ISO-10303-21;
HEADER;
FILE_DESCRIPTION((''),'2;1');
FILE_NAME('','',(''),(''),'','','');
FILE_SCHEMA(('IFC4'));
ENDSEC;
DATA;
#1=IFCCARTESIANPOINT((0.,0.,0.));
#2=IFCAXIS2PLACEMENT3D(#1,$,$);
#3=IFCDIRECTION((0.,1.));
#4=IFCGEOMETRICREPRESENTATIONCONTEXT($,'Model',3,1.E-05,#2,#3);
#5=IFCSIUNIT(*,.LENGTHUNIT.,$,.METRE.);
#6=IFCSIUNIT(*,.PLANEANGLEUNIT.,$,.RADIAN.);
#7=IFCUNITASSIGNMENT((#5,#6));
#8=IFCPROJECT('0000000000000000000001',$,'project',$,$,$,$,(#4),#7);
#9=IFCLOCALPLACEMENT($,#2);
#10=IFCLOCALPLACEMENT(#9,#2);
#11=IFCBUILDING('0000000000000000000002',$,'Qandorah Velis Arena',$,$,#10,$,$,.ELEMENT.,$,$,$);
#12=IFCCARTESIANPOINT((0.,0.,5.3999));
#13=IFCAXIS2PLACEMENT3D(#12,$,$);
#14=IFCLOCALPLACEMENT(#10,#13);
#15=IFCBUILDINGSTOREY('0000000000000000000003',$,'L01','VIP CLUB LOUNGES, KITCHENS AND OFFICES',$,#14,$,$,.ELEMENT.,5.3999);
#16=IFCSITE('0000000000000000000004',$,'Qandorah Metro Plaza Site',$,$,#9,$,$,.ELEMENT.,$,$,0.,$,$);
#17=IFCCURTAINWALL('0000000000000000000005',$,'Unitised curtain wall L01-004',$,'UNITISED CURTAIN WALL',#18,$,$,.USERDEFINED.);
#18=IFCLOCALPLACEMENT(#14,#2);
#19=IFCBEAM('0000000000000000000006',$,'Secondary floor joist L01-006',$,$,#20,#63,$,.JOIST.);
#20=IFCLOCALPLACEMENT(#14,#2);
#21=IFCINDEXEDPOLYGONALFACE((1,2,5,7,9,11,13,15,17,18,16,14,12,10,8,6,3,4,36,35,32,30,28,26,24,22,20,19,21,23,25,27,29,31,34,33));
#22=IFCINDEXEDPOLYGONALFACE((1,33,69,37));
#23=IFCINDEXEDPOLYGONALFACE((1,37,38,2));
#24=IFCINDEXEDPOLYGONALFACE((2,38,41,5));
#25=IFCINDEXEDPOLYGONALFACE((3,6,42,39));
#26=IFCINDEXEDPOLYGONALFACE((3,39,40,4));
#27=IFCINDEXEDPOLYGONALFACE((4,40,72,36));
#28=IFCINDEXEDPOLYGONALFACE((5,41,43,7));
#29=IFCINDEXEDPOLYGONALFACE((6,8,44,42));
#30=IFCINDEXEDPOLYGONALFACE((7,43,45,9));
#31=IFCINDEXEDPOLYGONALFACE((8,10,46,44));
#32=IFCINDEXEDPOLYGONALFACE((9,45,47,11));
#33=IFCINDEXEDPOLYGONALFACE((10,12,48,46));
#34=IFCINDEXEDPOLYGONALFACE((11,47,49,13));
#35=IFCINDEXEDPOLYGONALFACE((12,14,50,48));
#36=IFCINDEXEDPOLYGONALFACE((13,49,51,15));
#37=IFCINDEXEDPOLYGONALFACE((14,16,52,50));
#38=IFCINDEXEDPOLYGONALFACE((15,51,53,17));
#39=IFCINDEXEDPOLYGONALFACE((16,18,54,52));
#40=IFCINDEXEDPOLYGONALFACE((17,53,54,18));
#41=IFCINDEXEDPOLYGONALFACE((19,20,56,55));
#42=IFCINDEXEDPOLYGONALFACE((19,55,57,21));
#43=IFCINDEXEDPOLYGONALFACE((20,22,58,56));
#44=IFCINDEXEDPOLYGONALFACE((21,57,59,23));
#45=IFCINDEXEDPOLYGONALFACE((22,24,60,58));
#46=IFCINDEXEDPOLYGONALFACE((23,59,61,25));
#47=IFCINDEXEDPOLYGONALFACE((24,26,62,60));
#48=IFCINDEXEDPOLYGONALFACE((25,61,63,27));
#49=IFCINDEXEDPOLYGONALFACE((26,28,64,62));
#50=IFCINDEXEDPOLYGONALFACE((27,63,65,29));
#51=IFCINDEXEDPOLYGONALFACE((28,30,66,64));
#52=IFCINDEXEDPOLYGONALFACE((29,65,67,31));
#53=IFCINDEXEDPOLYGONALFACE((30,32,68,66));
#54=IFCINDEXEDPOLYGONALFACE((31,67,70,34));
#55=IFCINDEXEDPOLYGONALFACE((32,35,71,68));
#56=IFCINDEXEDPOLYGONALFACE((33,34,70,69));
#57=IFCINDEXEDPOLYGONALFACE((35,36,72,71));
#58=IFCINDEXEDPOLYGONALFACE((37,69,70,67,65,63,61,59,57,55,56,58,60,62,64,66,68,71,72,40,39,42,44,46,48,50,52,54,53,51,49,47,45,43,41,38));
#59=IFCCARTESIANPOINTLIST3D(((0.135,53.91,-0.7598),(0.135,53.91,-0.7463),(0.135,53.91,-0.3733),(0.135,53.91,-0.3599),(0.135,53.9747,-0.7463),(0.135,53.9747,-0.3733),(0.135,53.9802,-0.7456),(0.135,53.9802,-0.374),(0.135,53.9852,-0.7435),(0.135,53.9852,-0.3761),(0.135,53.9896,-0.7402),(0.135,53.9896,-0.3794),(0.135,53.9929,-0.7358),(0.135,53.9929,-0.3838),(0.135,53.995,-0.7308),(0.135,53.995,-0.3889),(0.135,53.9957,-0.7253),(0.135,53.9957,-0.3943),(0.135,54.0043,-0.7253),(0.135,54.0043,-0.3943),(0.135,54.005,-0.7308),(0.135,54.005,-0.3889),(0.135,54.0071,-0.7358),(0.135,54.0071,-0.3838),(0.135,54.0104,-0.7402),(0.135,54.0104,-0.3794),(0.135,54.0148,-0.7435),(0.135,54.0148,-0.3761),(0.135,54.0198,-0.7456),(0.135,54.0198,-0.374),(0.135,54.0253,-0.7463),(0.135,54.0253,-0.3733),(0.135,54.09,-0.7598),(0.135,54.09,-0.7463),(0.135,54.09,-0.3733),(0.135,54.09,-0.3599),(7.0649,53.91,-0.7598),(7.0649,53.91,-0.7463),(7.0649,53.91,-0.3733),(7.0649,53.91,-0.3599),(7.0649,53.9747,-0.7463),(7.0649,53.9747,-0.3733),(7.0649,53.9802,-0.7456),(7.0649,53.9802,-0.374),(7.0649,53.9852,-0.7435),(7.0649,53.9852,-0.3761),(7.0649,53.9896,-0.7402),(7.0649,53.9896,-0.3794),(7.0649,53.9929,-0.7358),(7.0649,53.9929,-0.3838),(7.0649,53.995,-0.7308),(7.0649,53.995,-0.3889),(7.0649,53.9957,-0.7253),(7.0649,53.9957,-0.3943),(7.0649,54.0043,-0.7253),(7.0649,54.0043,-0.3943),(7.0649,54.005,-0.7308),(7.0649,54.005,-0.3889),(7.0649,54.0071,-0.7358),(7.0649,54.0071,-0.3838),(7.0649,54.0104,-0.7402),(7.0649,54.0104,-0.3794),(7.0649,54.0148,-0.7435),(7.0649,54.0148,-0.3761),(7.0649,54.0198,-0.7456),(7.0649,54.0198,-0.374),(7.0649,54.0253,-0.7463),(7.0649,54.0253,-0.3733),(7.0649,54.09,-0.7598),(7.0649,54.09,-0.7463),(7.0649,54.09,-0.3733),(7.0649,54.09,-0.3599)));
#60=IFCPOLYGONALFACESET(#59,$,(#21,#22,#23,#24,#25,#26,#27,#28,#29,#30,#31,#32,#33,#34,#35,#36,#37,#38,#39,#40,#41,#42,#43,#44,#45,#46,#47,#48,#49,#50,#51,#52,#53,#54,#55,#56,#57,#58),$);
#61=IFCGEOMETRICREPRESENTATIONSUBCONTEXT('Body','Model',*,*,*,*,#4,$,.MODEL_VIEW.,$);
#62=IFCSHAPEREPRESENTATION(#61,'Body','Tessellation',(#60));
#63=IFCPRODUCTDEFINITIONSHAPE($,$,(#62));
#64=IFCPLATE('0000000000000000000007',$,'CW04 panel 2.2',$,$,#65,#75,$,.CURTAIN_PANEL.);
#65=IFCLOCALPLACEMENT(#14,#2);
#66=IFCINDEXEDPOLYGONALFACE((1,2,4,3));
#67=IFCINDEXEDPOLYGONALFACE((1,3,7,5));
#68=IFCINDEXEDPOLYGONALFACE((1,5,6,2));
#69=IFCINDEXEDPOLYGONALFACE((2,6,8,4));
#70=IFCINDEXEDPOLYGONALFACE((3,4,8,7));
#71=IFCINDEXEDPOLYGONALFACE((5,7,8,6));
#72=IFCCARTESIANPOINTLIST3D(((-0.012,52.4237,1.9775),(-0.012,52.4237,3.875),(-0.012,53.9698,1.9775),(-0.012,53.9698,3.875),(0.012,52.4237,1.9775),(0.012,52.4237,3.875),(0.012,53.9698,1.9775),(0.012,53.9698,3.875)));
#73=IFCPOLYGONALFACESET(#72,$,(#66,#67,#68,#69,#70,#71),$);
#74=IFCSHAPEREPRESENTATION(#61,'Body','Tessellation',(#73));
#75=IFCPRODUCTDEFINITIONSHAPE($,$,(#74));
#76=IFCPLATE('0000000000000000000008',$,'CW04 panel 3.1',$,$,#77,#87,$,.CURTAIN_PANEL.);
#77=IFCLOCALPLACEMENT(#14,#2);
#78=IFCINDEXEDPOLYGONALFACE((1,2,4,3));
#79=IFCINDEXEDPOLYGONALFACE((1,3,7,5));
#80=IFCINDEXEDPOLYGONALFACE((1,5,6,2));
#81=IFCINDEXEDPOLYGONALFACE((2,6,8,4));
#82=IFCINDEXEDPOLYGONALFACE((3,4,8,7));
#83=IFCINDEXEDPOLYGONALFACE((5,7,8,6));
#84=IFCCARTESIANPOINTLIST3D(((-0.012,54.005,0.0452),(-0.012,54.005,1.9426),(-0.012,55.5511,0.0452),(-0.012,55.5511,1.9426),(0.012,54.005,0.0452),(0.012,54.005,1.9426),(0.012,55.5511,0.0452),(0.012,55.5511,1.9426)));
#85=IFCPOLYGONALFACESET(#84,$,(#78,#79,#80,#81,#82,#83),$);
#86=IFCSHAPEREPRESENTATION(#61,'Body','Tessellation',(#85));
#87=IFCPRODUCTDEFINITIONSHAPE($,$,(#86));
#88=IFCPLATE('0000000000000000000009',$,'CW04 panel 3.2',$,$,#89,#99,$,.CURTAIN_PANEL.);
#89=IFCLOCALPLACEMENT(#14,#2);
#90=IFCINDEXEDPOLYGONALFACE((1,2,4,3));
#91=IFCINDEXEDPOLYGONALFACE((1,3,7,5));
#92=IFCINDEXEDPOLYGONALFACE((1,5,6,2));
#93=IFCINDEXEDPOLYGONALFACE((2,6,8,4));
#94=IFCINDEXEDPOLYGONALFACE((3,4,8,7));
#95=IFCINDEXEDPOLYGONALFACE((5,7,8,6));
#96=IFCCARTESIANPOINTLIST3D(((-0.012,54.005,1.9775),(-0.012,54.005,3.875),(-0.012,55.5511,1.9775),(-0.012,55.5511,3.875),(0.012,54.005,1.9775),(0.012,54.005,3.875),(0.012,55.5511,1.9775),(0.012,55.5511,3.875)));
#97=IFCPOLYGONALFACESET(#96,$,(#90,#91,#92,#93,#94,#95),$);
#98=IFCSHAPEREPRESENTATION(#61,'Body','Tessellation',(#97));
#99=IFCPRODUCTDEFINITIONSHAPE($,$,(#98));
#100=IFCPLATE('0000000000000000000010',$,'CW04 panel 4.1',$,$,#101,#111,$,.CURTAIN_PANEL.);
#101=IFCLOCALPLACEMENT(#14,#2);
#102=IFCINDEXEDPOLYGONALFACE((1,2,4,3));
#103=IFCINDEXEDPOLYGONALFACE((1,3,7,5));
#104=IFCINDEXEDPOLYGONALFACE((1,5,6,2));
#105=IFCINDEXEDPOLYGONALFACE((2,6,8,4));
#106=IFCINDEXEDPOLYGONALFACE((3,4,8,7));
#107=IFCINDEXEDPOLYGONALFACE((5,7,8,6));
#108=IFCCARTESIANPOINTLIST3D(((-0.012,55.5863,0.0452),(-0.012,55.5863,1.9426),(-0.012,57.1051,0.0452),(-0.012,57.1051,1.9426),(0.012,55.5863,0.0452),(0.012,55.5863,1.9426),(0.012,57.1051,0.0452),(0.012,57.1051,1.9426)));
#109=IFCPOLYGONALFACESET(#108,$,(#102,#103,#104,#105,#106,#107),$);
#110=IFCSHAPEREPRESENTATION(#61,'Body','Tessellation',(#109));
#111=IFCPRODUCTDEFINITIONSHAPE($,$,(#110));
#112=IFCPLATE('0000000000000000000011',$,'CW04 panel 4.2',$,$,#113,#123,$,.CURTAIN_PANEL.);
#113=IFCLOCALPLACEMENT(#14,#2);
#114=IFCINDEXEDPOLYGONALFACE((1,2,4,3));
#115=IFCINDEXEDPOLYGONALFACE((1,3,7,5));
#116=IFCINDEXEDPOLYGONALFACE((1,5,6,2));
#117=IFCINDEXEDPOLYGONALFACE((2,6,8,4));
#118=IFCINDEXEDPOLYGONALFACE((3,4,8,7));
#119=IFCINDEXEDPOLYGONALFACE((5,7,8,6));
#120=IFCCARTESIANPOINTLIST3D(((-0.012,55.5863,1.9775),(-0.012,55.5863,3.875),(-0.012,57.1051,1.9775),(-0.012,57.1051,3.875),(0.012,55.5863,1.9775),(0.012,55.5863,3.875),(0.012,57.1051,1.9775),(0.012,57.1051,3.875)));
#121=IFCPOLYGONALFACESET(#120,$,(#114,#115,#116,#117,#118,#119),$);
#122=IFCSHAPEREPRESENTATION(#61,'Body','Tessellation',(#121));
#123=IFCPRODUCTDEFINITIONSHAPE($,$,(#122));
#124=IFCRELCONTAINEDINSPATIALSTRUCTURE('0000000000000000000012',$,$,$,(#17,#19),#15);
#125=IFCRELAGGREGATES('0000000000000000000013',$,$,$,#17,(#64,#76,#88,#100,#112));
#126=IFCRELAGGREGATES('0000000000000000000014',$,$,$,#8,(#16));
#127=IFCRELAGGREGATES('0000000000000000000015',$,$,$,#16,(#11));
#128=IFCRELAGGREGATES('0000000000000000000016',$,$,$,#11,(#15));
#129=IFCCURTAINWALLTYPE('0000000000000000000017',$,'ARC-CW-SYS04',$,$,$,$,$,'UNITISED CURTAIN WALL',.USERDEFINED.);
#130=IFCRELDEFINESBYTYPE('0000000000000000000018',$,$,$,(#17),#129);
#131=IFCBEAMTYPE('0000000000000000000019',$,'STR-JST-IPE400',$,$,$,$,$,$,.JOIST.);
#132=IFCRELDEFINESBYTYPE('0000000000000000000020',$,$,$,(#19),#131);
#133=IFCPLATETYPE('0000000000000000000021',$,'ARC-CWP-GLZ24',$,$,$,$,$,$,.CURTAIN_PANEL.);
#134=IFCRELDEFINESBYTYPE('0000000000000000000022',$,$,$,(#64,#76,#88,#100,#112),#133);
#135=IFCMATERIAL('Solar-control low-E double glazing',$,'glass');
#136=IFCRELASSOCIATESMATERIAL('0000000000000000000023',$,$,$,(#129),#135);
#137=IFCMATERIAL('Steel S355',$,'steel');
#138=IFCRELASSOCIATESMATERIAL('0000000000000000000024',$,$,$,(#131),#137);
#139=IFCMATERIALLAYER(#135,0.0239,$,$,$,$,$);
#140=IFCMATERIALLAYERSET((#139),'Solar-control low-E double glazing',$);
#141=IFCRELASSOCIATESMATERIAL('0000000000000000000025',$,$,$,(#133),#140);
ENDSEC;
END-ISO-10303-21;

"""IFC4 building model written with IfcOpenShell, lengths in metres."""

from ifc_helpers import new_model, si_unit, direction, frame, origin, origin_2d, place, context, subcontext, project, spatial, rectangle, i_section, extrude, material, layer, layer_set, material_profile, profile_set, type_object, element, aggregate, save


model = new_model("IFC4")

# Units and contexts
model_context = context("Model", 3, precision=1e-05, world=origin(), true_north=direction((0.0, 1.0)))
body_context = subcontext(model_context, "Body", "Model", "MODEL_VIEW")
ifc_project = project(units=[si_unit("LENGTHUNIT", "METRE"), si_unit("PLANEANGLEUNIT", "RADIAN")], contexts=[model_context])

# Site, building, storey
site_placement = place(None, origin())
site = spatial("IfcSite", under=ifc_project, at=site_placement, Name="Qandorah Metro Plaza Site", CompositionType="ELEMENT", RefElevation=0.0)
building_placement = place(site_placement, origin())
building = spatial("IfcBuilding", under=site, at=building_placement, Name="Qandorah Velis Arena", CompositionType="ELEMENT")
storey_placement = place(building_placement, frame((0.0, 0.0, 5.3999)))
storey = spatial("IfcBuildingStorey", under=building, at=storey_placement, Name="L01", Description="VIP CLUB LOUNGES, KITCHENS AND OFFICES", CompositionType="ELEMENT", Elevation=5.3999)

# Curtain wall
ifc_material_1 = material(Name="Solar-control low-E double glazing", Category="glass")
curtain_wall_type_1 = type_object("IfcCurtainWallType", Name="ARC-CW-SYS04", ElementType="UNITISED CURTAIN WALL", PredefinedType="USERDEFINED", material=ifc_material_1)
curtain_wall_1_placement = place(storey_placement, origin())
curtain_wall_1 = element("IfcCurtainWall", 1, at=curtain_wall_1_placement, inside=storey, type_object=curtain_wall_type_1, Name="Unitised curtain wall L01-004", ObjectType="UNITISED CURTAIN WALL", PredefinedType="USERDEFINED")

# Beam
ifc_material_2 = material(Name="Steel S355", Category="steel")
ifc_material_profile_1 = material_profile(ifc_material_2, i_section(OverallWidth=0.1799, OverallDepth=0.3999, WebThickness=0.0085, FlangeThickness=0.0134, FilletRadius=0.021, at=origin_2d()), Name="IPE 400")
ifc_profile_set_1 = profile_set([ifc_material_profile_1], Name="Steel S355")
beam_type_1 = type_object("IfcBeamType", Name="STR-JST-IPE400", PredefinedType="JOIST", material=ifc_profile_set_1)
beam_1_placement = place(storey_placement, frame((0.135, 54.0, -0.5598), z_axis=(1.0, 0.0, 0.0), x_axis=(0.0, 1.0, 0.0)))
element("IfcBeam", 2, at=beam_1_placement, inside=storey, type_object=beam_type_1, Name="Secondary floor joist L01-006", PredefinedType="JOIST", context=body_context, shape_type="SweptSolid", body=[
    extrude(i_section(OverallWidth=0.1799, OverallDepth=0.3999, WebThickness=0.0085, FlangeThickness=0.0134, FilletRadius=0.021, at=origin_2d()), origin(), (0.0, 0.0, 1.0), 6.9299),
])

# Plates
ifc_layer = layer(ifc_material_1, 0.0239)
ifc_layer_set = layer_set([ifc_layer], Name="Solar-control low-E double glazing")
plate_type = type_object("IfcPlateType", Name="ARC-CWP-GLZ24", PredefinedType="CURTAIN_PANEL", material=ifc_layer_set)
plate_1_placement = place(storey_placement, frame((0.0, 53.1968, 1.9775), z_axis=(0.0, 0.0, 1.0), x_axis=(0.0, 1.0, 0.0)))
plate_1 = element("IfcPlate", 3, at=plate_1_placement, type_object=plate_type, Name="CW04 panel 2.2", PredefinedType="CURTAIN_PANEL", context=body_context, shape_type="SweptSolid", body=[
    extrude(rectangle(XDim=1.5461, YDim=0.0239, at=origin_2d()), origin(), (0.0, 0.0, 1.0), 1.8975),
])
plate_2_placement = place(storey_placement, frame((0.0, 54.7781, 0.0452), z_axis=(0.0, 0.0, 1.0), x_axis=(0.0, 1.0, 0.0)))
plate_2 = element("IfcPlate", 4, at=plate_2_placement, type_object=plate_type, Name="CW04 panel 3.1", PredefinedType="CURTAIN_PANEL", context=body_context, shape_type="SweptSolid", body=[
    extrude(rectangle(XDim=1.5461, YDim=0.0239, at=origin_2d()), origin(), (0.0, 0.0, 1.0), 1.8975),
])
plate_3_placement = place(storey_placement, frame((0.0, 54.7781, 1.9775), z_axis=(0.0, 0.0, 1.0), x_axis=(0.0, 1.0, 0.0)))
plate_3 = element("IfcPlate", 5, at=plate_3_placement, type_object=plate_type, Name="CW04 panel 3.2", PredefinedType="CURTAIN_PANEL", context=body_context, shape_type="SweptSolid", body=[
    extrude(rectangle(XDim=1.5461, YDim=0.0239, at=origin_2d()), origin(), (0.0, 0.0, 1.0), 1.8975),
])
plate_4_placement = place(storey_placement, frame((0.0, 56.3457, 0.0452), z_axis=(0.0, 0.0, 1.0), x_axis=(0.0, 1.0, 0.0)))
plate_4 = element("IfcPlate", 6, at=plate_4_placement, type_object=plate_type, Name="CW04 panel 4.1", PredefinedType="CURTAIN_PANEL", context=body_context, shape_type="SweptSolid", body=[
    extrude(rectangle(XDim=1.5188, YDim=0.0239, at=origin_2d()), origin(), (0.0, 0.0, 1.0), 1.8975),
])
plate_5_placement = place(storey_placement, frame((0.0, 56.3457, 1.9775), z_axis=(0.0, 0.0, 1.0), x_axis=(0.0, 1.0, 0.0)))
plate_5 = element("IfcPlate", 7, at=plate_5_placement, type_object=plate_type, Name="CW04 panel 4.2", PredefinedType="CURTAIN_PANEL", context=body_context, shape_type="SweptSolid", body=[
    extrude(rectangle(XDim=1.5188, YDim=0.0239, at=origin_2d()), origin(), (0.0, 0.0, 1.0), 1.8975),
])
aggregate(curtain_wall_1, [plate_1, plate_2, plate_3, plate_4, plate_5])

save(model, "model.ifc")
